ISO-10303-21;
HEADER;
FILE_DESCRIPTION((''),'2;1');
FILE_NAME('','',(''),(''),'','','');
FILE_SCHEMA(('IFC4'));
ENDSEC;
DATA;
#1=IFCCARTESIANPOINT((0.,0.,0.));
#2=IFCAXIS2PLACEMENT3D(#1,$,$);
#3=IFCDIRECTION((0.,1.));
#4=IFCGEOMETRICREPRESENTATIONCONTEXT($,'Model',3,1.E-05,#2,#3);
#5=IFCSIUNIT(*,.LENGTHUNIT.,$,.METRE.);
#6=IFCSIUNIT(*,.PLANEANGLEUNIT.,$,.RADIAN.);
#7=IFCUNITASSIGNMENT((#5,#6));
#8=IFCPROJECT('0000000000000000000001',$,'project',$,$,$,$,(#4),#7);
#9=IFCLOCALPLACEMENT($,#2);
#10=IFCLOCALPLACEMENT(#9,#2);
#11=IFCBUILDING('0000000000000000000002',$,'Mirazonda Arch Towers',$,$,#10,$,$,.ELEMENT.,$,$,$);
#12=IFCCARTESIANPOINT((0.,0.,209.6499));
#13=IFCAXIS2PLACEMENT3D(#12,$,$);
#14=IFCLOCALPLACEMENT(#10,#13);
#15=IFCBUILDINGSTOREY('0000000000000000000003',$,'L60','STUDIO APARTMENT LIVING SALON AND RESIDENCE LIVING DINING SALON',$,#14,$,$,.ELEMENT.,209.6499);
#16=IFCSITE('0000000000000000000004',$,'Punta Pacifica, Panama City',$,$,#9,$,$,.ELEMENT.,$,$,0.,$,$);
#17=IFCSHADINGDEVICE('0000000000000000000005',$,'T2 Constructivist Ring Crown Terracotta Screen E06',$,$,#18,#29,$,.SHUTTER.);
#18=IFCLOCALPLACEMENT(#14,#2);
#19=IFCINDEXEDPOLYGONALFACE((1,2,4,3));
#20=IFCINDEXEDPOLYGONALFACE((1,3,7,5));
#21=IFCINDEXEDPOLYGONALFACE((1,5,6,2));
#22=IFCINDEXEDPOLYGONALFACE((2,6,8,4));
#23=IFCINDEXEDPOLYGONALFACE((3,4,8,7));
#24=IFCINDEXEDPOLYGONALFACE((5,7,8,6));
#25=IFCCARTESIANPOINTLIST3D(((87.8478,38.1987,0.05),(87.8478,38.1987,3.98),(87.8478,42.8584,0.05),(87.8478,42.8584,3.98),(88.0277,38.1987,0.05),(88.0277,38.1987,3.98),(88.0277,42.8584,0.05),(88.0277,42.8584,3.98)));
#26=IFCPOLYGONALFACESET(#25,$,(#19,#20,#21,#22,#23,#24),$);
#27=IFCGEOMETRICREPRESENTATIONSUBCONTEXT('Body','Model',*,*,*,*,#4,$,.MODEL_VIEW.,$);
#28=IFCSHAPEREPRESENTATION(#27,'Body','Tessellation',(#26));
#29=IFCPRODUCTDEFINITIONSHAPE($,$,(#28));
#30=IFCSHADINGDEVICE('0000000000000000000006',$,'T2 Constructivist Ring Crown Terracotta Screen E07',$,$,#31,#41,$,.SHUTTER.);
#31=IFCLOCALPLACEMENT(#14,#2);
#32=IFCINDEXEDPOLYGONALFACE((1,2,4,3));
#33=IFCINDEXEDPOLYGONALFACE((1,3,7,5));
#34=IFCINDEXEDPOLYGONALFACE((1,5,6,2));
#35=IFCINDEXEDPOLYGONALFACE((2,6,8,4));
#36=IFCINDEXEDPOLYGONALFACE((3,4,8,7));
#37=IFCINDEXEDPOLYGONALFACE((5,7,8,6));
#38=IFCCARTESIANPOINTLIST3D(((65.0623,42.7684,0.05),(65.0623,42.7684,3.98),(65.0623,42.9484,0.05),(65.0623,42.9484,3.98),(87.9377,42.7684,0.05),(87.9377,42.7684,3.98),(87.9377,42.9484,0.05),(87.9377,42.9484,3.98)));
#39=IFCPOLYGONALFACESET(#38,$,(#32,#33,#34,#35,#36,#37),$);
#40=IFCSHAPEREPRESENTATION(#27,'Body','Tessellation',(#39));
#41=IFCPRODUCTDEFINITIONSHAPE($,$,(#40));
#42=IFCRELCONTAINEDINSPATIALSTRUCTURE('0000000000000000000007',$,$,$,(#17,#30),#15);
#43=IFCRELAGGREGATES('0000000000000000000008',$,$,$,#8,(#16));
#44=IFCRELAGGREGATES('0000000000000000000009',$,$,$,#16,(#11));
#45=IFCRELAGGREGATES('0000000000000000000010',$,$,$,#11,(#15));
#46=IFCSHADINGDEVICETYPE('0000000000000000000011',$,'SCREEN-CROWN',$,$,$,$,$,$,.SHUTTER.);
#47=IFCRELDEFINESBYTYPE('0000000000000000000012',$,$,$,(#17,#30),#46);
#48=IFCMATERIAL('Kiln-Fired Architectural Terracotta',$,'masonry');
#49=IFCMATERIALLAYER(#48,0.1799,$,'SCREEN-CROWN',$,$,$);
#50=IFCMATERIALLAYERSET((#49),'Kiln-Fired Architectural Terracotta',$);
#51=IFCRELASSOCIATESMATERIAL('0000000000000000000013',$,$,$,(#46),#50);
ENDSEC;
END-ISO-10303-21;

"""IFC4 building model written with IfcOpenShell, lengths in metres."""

from ifc_helpers import new_model, si_unit, direction, frame, frame_2d, origin, place, context, subcontext, project, spatial, rectangle, extrude, material, layer, layer_set, type_object, element, save


model = new_model("IFC4")

# Units and contexts
model_context = context("Model", 3, precision=1e-05, world=origin(), true_north=direction((0.0, 1.0)))
body_context = subcontext(model_context, "Body", "Model", "MODEL_VIEW")
ifc_project = project(units=[si_unit("LENGTHUNIT", "METRE"), si_unit("PLANEANGLEUNIT", "RADIAN")], contexts=[model_context])

# Site, building, storey
site_placement = place(None, origin())
site = spatial("IfcSite", under=ifc_project, at=site_placement, Name="Punta Pacifica, Panama City", CompositionType="ELEMENT", RefElevation=0.0)
building_placement = place(site_placement, origin())
building = spatial("IfcBuilding", under=site, at=building_placement, Name="Mirazonda Arch Towers", CompositionType="ELEMENT")
storey_placement = place(building_placement, frame((0.0, 0.0, 209.6499)))
storey = spatial("IfcBuildingStorey", under=building, at=storey_placement, Name="L60", Description="STUDIO APARTMENT LIVING SALON AND RESIDENCE LIVING DINING SALON", CompositionType="ELEMENT", Elevation=209.6499)

# Shading devices
ifc_material_1 = material(Name="Kiln-Fired Architectural Terracotta", Category="masonry")
ifc_layer_1 = layer(ifc_material_1, 0.1799, Name="SCREEN-CROWN")
ifc_layer_set_1 = layer_set([ifc_layer_1], Name="Kiln-Fired Architectural Terracotta")
shading_device_type_1 = type_object("IfcShadingDeviceType", Name="SCREEN-CROWN", PredefinedType="SHUTTER", material=ifc_layer_set_1)
shading_device_1_placement = place(storey_placement, frame((87.9377, 38.1987, 0.05), z_axis=(0.0, 0.0, 1.0), x_axis=(0.0, 1.0, 0.0)))
element("IfcShadingDevice", 1, at=shading_device_1_placement, inside=storey, type_object=shading_device_type_1, Name="T2 Constructivist Ring Crown Terracotta Screen E06", PredefinedType="SHUTTER", context=body_context, shape_type="SweptSolid", body=[
    extrude(rectangle(XDim=4.6597, YDim=0.1799, at=frame_2d((2.3298, 0.0))), origin(), (0.0, 0.0, 1.0), 3.9299),
])
shading_device_2_placement = place(storey_placement, frame((87.9377, 42.8584, 0.05), z_axis=(0.0, 0.0, 1.0), x_axis=(-1.0, 0.0, 0.0)))
element("IfcShadingDevice", 2, at=shading_device_2_placement, inside=storey, type_object=shading_device_type_1, Name="T2 Constructivist Ring Crown Terracotta Screen E07", PredefinedType="SHUTTER", context=body_context, shape_type="SweptSolid", body=[
    extrude(rectangle(XDim=22.8755, YDim=0.1799, at=frame_2d((11.4377, 0.0))), origin(), (0.0, 0.0, 1.0), 3.9299),
])

save(model, "model.ifc")
